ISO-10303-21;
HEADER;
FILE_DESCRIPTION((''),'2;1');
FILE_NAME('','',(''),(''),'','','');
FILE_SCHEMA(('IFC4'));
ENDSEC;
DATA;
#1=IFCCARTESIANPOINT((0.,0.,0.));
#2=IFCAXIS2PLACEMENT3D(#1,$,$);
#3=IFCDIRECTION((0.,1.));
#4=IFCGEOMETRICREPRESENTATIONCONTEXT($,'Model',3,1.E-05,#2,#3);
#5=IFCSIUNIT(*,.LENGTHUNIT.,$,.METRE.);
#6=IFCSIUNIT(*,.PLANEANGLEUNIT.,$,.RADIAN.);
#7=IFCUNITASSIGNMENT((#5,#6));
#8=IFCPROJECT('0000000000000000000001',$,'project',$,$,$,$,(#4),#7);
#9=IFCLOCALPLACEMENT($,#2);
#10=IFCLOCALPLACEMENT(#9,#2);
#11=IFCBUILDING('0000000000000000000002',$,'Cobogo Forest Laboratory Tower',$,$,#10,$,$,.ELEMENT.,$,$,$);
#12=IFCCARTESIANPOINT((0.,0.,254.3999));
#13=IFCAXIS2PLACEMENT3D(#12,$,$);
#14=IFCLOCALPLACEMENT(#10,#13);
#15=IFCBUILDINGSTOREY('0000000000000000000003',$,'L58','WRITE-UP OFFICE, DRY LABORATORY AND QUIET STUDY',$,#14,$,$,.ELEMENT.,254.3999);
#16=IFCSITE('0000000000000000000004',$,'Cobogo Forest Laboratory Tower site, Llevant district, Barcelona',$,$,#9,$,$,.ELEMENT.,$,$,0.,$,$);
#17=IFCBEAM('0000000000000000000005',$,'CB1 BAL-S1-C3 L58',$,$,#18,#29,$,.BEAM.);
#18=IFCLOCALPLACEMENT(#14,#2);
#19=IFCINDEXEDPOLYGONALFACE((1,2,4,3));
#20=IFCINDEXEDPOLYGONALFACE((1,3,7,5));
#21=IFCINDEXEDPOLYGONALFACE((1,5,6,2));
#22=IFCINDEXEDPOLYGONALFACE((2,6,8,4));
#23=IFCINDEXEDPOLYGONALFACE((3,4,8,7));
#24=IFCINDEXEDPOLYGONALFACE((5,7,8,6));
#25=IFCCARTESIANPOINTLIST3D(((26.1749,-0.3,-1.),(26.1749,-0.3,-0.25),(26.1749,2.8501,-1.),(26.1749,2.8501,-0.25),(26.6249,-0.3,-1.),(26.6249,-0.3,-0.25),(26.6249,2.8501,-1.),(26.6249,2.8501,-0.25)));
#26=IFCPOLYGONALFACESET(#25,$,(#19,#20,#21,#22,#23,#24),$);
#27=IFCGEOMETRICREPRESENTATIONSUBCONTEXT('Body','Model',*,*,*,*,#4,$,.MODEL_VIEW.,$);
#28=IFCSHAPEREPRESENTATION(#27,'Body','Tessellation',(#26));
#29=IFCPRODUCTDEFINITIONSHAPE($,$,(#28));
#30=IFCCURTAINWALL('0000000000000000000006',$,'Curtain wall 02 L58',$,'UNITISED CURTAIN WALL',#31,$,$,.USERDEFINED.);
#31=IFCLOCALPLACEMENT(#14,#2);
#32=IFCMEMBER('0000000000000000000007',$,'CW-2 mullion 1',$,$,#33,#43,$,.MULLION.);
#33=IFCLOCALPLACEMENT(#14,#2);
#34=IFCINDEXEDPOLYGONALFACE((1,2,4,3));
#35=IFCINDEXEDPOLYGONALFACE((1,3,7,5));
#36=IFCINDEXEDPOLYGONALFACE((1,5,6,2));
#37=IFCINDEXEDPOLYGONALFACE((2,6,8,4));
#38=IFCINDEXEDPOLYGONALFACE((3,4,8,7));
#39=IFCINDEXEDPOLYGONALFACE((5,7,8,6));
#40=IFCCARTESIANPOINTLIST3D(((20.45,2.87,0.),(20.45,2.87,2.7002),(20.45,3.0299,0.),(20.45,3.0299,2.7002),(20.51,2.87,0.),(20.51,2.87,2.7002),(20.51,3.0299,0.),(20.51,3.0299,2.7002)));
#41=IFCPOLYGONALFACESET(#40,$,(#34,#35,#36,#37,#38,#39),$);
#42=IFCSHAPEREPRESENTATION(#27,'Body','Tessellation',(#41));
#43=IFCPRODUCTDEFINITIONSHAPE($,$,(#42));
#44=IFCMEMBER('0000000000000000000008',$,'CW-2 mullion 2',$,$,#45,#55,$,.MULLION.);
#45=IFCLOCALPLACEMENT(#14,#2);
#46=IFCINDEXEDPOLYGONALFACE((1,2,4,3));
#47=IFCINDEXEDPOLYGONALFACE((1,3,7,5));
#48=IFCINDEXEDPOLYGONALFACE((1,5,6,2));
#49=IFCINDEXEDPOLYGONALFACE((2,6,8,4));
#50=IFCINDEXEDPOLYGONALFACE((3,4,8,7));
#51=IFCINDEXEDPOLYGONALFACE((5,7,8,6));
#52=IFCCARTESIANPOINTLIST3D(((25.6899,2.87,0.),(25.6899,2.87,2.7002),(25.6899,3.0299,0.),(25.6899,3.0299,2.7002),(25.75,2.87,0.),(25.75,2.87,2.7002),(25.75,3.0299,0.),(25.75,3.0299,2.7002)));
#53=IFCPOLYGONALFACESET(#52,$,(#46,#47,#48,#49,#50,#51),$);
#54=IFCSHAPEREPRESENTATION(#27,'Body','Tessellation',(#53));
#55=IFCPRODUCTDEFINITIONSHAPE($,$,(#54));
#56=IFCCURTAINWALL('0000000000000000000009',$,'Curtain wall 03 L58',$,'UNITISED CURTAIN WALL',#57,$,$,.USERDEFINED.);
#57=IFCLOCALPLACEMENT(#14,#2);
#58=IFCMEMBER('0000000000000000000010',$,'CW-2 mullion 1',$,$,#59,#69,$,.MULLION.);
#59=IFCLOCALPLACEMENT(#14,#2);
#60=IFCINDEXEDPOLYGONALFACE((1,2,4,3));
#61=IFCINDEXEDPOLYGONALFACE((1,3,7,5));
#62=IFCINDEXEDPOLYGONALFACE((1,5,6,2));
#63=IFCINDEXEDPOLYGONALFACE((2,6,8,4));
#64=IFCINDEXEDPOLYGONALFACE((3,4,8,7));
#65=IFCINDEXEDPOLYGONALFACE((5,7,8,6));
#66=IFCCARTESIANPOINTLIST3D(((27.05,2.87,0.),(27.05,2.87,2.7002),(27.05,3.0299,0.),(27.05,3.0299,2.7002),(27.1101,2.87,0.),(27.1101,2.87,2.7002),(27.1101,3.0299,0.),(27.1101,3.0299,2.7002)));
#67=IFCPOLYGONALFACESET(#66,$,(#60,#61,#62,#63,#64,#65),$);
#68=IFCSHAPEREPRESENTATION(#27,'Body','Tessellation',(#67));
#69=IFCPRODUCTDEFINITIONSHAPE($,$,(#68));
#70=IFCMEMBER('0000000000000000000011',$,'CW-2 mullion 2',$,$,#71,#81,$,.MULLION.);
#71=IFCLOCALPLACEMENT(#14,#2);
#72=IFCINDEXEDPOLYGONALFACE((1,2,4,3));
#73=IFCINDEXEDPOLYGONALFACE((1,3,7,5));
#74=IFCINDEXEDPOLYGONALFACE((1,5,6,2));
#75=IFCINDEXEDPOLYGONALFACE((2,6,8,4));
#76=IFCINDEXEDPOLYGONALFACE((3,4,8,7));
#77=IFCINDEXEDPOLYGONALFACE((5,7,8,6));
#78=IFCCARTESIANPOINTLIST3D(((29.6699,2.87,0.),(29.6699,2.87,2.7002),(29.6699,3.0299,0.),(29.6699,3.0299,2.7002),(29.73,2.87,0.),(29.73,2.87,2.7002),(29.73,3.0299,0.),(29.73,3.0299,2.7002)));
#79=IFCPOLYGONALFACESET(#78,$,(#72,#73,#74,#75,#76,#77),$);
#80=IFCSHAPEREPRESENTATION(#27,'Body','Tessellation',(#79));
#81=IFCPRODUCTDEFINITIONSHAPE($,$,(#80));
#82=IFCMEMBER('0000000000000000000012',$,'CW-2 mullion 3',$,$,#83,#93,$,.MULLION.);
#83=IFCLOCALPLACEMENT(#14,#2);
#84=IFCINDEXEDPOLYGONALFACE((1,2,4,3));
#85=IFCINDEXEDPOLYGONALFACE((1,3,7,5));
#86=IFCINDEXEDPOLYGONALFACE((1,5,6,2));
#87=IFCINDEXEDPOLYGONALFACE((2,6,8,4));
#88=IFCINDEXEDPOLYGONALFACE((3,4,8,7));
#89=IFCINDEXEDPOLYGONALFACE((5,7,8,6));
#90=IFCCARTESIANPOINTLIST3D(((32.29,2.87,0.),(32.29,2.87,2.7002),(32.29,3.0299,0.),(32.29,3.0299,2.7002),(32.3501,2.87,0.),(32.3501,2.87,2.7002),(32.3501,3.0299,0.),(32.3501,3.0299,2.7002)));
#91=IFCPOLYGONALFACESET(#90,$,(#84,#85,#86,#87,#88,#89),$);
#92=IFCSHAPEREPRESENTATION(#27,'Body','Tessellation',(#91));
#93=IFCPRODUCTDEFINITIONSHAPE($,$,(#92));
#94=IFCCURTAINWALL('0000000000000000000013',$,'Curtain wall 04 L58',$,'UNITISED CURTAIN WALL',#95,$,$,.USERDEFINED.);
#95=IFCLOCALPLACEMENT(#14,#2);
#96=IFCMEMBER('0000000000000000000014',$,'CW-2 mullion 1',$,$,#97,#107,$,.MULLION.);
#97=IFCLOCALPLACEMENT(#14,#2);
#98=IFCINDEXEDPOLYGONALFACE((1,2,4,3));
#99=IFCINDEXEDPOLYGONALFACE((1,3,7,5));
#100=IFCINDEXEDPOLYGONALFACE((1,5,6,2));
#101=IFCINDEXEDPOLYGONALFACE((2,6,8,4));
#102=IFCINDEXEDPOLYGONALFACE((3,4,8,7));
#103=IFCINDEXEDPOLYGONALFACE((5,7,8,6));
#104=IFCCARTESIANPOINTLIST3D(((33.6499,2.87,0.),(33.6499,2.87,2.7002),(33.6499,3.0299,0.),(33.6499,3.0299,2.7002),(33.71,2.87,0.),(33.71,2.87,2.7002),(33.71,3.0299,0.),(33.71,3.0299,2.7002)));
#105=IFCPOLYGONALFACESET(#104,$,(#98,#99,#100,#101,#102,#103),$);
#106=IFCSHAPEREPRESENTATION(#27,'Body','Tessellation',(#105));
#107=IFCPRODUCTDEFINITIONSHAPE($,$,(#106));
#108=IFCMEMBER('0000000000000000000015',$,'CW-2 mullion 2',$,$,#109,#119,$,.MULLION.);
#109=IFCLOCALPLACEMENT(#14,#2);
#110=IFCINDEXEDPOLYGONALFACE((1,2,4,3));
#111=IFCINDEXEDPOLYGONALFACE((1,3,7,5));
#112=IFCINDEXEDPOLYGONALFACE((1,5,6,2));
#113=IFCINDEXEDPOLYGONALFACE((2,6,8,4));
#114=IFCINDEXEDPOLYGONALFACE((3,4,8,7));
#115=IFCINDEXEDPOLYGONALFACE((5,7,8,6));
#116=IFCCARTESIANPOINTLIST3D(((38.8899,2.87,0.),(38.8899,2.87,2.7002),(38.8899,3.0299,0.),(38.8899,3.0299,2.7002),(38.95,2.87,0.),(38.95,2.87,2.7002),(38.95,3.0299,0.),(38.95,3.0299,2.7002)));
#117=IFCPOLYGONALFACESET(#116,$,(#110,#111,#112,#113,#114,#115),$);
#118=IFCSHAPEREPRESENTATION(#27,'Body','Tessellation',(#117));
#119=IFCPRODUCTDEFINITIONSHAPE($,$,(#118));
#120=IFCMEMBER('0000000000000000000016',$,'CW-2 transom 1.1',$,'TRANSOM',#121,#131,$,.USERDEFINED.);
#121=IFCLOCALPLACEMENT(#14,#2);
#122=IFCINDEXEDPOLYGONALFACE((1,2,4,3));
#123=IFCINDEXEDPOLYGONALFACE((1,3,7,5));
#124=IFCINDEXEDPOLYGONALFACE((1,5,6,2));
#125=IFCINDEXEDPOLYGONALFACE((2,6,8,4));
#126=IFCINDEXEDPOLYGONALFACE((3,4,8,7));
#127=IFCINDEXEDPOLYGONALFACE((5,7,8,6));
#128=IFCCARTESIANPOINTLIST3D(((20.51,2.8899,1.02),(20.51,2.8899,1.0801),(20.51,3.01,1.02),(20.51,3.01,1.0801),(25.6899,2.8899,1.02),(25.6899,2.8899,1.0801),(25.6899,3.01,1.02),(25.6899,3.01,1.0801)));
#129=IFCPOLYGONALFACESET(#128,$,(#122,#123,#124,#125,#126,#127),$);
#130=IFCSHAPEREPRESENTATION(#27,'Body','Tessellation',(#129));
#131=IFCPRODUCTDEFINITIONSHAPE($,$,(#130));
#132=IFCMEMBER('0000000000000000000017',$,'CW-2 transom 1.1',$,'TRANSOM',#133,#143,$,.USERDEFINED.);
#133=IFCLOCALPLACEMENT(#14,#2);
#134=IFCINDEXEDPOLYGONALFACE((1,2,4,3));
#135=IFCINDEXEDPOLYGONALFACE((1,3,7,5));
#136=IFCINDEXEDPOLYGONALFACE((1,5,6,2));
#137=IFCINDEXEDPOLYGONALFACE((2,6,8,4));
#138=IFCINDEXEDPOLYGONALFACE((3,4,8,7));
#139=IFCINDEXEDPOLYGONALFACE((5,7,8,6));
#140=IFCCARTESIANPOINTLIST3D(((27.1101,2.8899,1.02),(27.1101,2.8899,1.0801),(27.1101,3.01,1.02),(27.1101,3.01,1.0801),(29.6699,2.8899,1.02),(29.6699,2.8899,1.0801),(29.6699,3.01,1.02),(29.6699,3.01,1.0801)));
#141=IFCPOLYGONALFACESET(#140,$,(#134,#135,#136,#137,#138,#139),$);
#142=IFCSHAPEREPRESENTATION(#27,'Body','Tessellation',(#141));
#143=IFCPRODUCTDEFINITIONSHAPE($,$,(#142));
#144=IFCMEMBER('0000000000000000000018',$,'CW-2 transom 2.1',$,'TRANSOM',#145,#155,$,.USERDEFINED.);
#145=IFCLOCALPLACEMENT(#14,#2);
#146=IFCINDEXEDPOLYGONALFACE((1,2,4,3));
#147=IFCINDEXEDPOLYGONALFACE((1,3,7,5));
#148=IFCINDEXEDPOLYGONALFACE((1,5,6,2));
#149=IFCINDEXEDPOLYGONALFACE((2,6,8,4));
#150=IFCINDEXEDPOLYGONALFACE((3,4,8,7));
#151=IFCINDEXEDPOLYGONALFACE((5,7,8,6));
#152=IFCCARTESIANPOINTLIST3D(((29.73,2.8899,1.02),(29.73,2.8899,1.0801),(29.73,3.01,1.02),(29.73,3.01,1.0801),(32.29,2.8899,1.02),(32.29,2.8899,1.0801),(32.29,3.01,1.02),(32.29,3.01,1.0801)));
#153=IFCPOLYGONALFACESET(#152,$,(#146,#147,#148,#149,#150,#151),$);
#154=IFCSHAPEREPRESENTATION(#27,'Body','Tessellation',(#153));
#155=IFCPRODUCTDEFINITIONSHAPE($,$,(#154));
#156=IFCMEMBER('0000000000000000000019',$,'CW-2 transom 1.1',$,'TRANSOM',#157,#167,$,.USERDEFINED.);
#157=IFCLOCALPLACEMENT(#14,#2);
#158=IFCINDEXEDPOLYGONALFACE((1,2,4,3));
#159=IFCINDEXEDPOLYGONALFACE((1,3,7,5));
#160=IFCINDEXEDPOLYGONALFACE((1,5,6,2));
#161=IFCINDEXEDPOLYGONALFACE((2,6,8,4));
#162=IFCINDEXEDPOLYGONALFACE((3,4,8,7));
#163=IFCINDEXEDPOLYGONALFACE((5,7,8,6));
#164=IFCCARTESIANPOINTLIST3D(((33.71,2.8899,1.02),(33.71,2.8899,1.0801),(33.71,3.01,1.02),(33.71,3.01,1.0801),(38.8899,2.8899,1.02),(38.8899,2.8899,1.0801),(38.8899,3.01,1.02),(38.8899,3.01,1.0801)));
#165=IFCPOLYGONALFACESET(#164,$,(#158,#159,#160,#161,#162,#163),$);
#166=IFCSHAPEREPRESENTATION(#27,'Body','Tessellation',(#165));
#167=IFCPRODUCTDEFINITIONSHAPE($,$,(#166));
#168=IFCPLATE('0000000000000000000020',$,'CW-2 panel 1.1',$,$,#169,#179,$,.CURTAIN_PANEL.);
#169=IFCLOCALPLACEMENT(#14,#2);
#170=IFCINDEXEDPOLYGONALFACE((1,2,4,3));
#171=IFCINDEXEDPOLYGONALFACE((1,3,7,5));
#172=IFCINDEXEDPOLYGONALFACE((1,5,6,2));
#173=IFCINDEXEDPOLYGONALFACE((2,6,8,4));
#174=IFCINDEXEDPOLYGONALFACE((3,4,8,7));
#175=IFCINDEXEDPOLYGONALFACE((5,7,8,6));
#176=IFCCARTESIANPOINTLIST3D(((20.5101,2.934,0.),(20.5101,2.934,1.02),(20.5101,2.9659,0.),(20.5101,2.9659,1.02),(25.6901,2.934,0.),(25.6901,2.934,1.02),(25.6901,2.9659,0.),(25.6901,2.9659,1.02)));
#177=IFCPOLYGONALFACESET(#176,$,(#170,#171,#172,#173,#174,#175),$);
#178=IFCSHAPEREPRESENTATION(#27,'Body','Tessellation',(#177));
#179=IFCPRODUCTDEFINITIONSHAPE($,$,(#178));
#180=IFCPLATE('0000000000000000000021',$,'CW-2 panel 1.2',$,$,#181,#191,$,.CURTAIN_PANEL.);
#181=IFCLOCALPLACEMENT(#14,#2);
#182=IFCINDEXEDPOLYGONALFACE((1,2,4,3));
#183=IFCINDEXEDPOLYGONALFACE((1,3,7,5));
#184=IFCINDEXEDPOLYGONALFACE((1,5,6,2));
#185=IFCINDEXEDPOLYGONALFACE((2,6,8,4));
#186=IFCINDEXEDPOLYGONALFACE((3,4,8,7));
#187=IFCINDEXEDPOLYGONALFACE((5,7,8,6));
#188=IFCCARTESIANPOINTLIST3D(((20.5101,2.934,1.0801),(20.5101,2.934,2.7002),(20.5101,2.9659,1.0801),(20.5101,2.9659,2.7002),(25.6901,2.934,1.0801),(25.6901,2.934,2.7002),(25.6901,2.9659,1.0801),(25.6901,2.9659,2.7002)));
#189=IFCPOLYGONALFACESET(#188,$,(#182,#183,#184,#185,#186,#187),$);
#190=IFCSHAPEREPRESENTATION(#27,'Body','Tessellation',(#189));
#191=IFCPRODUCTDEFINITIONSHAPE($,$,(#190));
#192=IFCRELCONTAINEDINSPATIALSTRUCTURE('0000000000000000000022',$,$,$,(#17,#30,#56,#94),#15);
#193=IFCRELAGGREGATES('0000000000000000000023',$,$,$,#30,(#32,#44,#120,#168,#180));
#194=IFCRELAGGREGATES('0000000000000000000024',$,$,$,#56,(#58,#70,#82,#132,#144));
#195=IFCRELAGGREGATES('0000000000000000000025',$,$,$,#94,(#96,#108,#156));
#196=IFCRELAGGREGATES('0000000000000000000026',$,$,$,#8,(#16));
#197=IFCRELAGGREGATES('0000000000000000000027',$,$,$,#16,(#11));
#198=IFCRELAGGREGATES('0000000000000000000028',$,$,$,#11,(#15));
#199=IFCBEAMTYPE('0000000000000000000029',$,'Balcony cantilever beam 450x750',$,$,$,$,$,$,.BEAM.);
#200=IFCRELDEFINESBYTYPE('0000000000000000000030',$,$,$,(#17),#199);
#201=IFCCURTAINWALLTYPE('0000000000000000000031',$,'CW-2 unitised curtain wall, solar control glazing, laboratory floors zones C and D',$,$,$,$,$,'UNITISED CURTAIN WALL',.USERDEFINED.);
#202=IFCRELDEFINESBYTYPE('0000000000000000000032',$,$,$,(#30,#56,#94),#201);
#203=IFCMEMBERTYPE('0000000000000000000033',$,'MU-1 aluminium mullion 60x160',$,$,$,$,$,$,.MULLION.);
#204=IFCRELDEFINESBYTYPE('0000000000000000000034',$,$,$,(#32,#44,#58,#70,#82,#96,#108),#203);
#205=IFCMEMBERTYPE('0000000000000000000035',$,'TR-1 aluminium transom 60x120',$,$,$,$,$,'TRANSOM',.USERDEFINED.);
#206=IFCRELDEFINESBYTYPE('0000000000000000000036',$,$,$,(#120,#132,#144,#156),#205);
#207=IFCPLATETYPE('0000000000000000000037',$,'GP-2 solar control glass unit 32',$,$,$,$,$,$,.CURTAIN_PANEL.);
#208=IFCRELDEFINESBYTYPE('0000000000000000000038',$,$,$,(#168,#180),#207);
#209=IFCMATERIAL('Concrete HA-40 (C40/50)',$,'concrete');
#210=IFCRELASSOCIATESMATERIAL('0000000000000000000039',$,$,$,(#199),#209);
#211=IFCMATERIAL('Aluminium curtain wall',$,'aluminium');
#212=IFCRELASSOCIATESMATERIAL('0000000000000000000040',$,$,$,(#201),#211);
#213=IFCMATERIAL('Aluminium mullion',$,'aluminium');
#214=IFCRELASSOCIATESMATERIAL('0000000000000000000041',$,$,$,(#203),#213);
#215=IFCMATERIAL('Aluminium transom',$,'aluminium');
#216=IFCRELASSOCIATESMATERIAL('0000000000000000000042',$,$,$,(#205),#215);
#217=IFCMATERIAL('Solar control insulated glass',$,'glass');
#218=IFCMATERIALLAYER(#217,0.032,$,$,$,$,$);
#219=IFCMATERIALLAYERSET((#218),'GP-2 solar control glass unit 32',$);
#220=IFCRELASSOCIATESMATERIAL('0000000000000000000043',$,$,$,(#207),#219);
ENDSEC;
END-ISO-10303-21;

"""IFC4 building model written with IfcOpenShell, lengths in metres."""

from ifc_helpers import new_model, si_unit, direction, frame, origin, origin_2d, place, context, subcontext, project, spatial, rectangle, extrude, material, layer, layer_set, material_profile, profile_set, type_object, element, aggregate, save


model = new_model("IFC4")

# Units and contexts
model_context = context("Model", 3, precision=1e-05, world=origin(), true_north=direction((0.0, 1.0)))
body_context = subcontext(model_context, "Body", "Model", "MODEL_VIEW")
ifc_project = project(units=[si_unit("LENGTHUNIT", "METRE"), si_unit("PLANEANGLEUNIT", "RADIAN")], contexts=[model_context])

# Site, building, storey
site_placement = place(None, origin())
site = spatial("IfcSite", under=ifc_project, at=site_placement, Name="Cobogo Forest Laboratory Tower site, Llevant district, Barcelona", CompositionType="ELEMENT", RefElevation=0.0)
building_placement = place(site_placement, origin())
building = spatial("IfcBuilding", under=site, at=building_placement, Name="Cobogo Forest Laboratory Tower", CompositionType="ELEMENT")
storey_placement = place(building_placement, frame((0.0, 0.0, 254.3999)))
storey = spatial("IfcBuildingStorey", under=building, at=storey_placement, Name="L58", Description="WRITE-UP OFFICE, DRY LABORATORY AND QUIET STUDY", CompositionType="ELEMENT", Elevation=254.3999)

# Beam
ifc_material_1 = material(Name="Concrete HA-40 (C40/50)", Category="concrete")
ifc_material_profile_1 = material_profile(ifc_material_1, rectangle(XDim=0.45, YDim=0.75, at=origin_2d()), Name="RC 450x750")
ifc_profile_set_1 = profile_set([ifc_material_profile_1], Name="Concrete HA-40 (C40/50)")
beam_type = type_object("IfcBeamType", Name="Balcony cantilever beam 450x750", PredefinedType="BEAM", material=ifc_profile_set_1)
beam_placement = place(storey_placement, frame((26.3999, 2.8501, -0.625), z_axis=(0.0, -1.0, 0.0), x_axis=(1.0, 0.0, 0.0)))
element("IfcBeam", 1, at=beam_placement, inside=storey, type_object=beam_type, Name="CB1 BAL-S1-C3 L58", PredefinedType="BEAM", context=body_context, shape_type="SweptSolid", body=[
    extrude(rectangle(XDim=0.45, YDim=0.75, at=origin_2d()), origin(), (0.0, 0.0, 1.0), 3.1501),
])

# Curtain walls, members
ifc_material_2 = material(Name="Aluminium curtain wall", Category="aluminium")
curtain_wall_type = type_object("IfcCurtainWallType", Name="CW-2 unitised curtain wall, solar control glazing, laboratory floors zones C and D", ElementType="UNITISED CURTAIN WALL", PredefinedType="USERDEFINED", material=ifc_material_2)
curtain_wall_1_placement = place(storey_placement, origin())
curtain_wall_1 = element("IfcCurtainWall", 2, at=curtain_wall_1_placement, inside=storey, type_object=curtain_wall_type, Name="Curtain wall 02 L58", ObjectType="UNITISED CURTAIN WALL", PredefinedType="USERDEFINED")
ifc_material_3 = material(Name="Aluminium mullion", Category="aluminium")
ifc_material_profile_2 = material_profile(ifc_material_3, rectangle(XDim=0.0601, YDim=0.1599, at=origin_2d()), Name="AL 60x160")
ifc_profile_set_2 = profile_set([ifc_material_profile_2], Name="Aluminium mullion")
member_type_1 = type_object("IfcMemberType", Name="MU-1 aluminium mullion 60x160", PredefinedType="MULLION", material=ifc_profile_set_2)
member_1_placement = place(storey_placement, frame((20.48, 2.95, 0.0), z_axis=(0.0, 0.0, 1.0), x_axis=(1.0, 0.0, 0.0)))
member_1 = element("IfcMember", 3, at=member_1_placement, type_object=member_type_1, Name="CW-2 mullion 1", PredefinedType="MULLION", context=body_context, shape_type="SweptSolid", body=[
    extrude(rectangle(XDim=0.0601, YDim=0.1599, at=origin_2d()), origin(), (0.0, 0.0, 1.0), 2.7002),
])
member_2_placement = place(storey_placement, frame((25.72, 2.95, 0.0), z_axis=(0.0, 0.0, 1.0), x_axis=(1.0, 0.0, 0.0)))
member_2 = element("IfcMember", 4, at=member_2_placement, type_object=member_type_1, Name="CW-2 mullion 2", PredefinedType="MULLION", context=body_context, shape_type="SweptSolid", body=[
    extrude(rectangle(XDim=0.0601, YDim=0.1599, at=origin_2d()), origin(), (0.0, 0.0, 1.0), 2.7002),
])
curtain_wall_2_placement = place(storey_placement, origin())
curtain_wall_2 = element("IfcCurtainWall", 5, at=curtain_wall_2_placement, inside=storey, type_object=curtain_wall_type, Name="Curtain wall 03 L58", ObjectType="UNITISED CURTAIN WALL", PredefinedType="USERDEFINED")
member_3_placement = place(storey_placement, frame((27.0801, 2.95, 0.0), z_axis=(0.0, 0.0, 1.0), x_axis=(1.0, 0.0, 0.0)))
member_3 = element("IfcMember", 6, at=member_3_placement, type_object=member_type_1, Name="CW-2 mullion 1", PredefinedType="MULLION", context=body_context, shape_type="SweptSolid", body=[
    extrude(rectangle(XDim=0.0601, YDim=0.1599, at=origin_2d()), origin(), (0.0, 0.0, 1.0), 2.7002),
])
member_4_placement = place(storey_placement, frame((29.7, 2.95, 0.0), z_axis=(0.0, 0.0, 1.0), x_axis=(1.0, 0.0, 0.0)))
member_4 = element("IfcMember", 7, at=member_4_placement, type_object=member_type_1, Name="CW-2 mullion 2", PredefinedType="MULLION", context=body_context, shape_type="SweptSolid", body=[
    extrude(rectangle(XDim=0.0601, YDim=0.1599, at=origin_2d()), origin(), (0.0, 0.0, 1.0), 2.7002),
])
member_5_placement = place(storey_placement, frame((32.3201, 2.95, 0.0), z_axis=(0.0, 0.0, 1.0), x_axis=(1.0, 0.0, 0.0)))
member_5 = element("IfcMember", 8, at=member_5_placement, type_object=member_type_1, Name="CW-2 mullion 3", PredefinedType="MULLION", context=body_context, shape_type="SweptSolid", body=[
    extrude(rectangle(XDim=0.0601, YDim=0.1599, at=origin_2d()), origin(), (0.0, 0.0, 1.0), 2.7002),
])
curtain_wall_3_placement = place(storey_placement, origin())
curtain_wall_3 = element("IfcCurtainWall", 9, at=curtain_wall_3_placement, inside=storey, type_object=curtain_wall_type, Name="Curtain wall 04 L58", ObjectType="UNITISED CURTAIN WALL", PredefinedType="USERDEFINED")
member_6_placement = place(storey_placement, frame((33.6799, 2.95, 0.0), z_axis=(0.0, 0.0, 1.0), x_axis=(1.0, 0.0, 0.0)))
member_6 = element("IfcMember", 10, at=member_6_placement, type_object=member_type_1, Name="CW-2 mullion 1", PredefinedType="MULLION", context=body_context, shape_type="SweptSolid", body=[
    extrude(rectangle(XDim=0.0601, YDim=0.1599, at=origin_2d()), origin(), (0.0, 0.0, 1.0), 2.7002),
])
member_7_placement = place(storey_placement, frame((38.9199, 2.95, 0.0), z_axis=(0.0, 0.0, 1.0), x_axis=(1.0, 0.0, 0.0)))
member_7 = element("IfcMember", 11, at=member_7_placement, type_object=member_type_1, Name="CW-2 mullion 2", PredefinedType="MULLION", context=body_context, shape_type="SweptSolid", body=[
    extrude(rectangle(XDim=0.0601, YDim=0.1599, at=origin_2d()), origin(), (0.0, 0.0, 1.0), 2.7002),
])

# Members
ifc_material_4 = material(Name="Aluminium transom", Category="aluminium")
ifc_material_profile_3 = material_profile(ifc_material_4, rectangle(XDim=0.1201, YDim=0.0601, at=origin_2d()), Name="AL 60x120")
ifc_profile_set_3 = profile_set([ifc_material_profile_3], Name="Aluminium transom")
member_type_2 = type_object("IfcMemberType", Name="TR-1 aluminium transom 60x120", ElementType="TRANSOM", PredefinedType="USERDEFINED", material=ifc_profile_set_3)
member_8_placement = place(storey_placement, frame((20.51, 2.95, 1.05), z_axis=(1.0, 0.0, 0.0), x_axis=(0.0, 1.0, 0.0)))
member_8 = element("IfcMember", 12, at=member_8_placement, type_object=member_type_2, Name="CW-2 transom 1.1", ObjectType="TRANSOM", PredefinedType="USERDEFINED", context=body_context, shape_type="SweptSolid", body=[
    extrude(rectangle(XDim=0.1201, YDim=0.0601, at=origin_2d()), origin(), (0.0, 0.0, 1.0), 5.1799),
])
member_9_placement = place(storey_placement, frame((27.1101, 2.95, 1.05), z_axis=(1.0, 0.0, 0.0), x_axis=(0.0, 1.0, 0.0)))
member_9 = element("IfcMember", 13, at=member_9_placement, type_object=member_type_2, Name="CW-2 transom 1.1", ObjectType="TRANSOM", PredefinedType="USERDEFINED", context=body_context, shape_type="SweptSolid", body=[
    extrude(rectangle(XDim=0.1201, YDim=0.0601, at=origin_2d()), origin(), (0.0, 0.0, 1.0), 2.5598),
])
member_10_placement = place(storey_placement, frame((29.73, 2.95, 1.05), z_axis=(1.0, 0.0, 0.0), x_axis=(0.0, 1.0, 0.0)))
member_10 = element("IfcMember", 14, at=member_10_placement, type_object=member_type_2, Name="CW-2 transom 2.1", ObjectType="TRANSOM", PredefinedType="USERDEFINED", context=body_context, shape_type="SweptSolid", body=[
    extrude(rectangle(XDim=0.1201, YDim=0.0601, at=origin_2d()), origin(), (0.0, 0.0, 1.0), 2.5601),
])
member_11_placement = place(storey_placement, frame((33.71, 2.95, 1.05), z_axis=(1.0, 0.0, 0.0), x_axis=(0.0, 1.0, 0.0)))
member_11 = element("IfcMember", 15, at=member_11_placement, type_object=member_type_2, Name="CW-2 transom 1.1", ObjectType="TRANSOM", PredefinedType="USERDEFINED", context=body_context, shape_type="SweptSolid", body=[
    extrude(rectangle(XDim=0.1201, YDim=0.0601, at=origin_2d()), origin(), (0.0, 0.0, 1.0), 5.1799),
])

# Plates
ifc_material_5 = material(Name="Solar control insulated glass", Category="glass")
ifc_layer_1 = layer(ifc_material_5, 0.032)
ifc_layer_set_1 = layer_set([ifc_layer_1], Name="GP-2 solar control glass unit 32")
plate_type_1 = type_object("IfcPlateType", Name="GP-2 solar control glass unit 32", PredefinedType="CURTAIN_PANEL", material=ifc_layer_set_1)
plate_1_placement = place(storey_placement, frame((23.1001, 2.95, 0.0), z_axis=(0.0, 0.0, 1.0), x_axis=(1.0, 0.0, 0.0)))
plate_1 = element("IfcPlate", 16, at=plate_1_placement, type_object=plate_type_1, Name="CW-2 panel 1.1", PredefinedType="CURTAIN_PANEL", context=body_context, shape_type="SweptSolid", body=[
    extrude(rectangle(XDim=5.1799, YDim=0.032, at=origin_2d()), origin(), (0.0, 0.0, 1.0), 1.02),
])
plate_2_placement = place(storey_placement, frame((23.1001, 2.95, 1.0801), z_axis=(0.0, 0.0, 1.0), x_axis=(1.0, 0.0, 0.0)))
plate_2 = element("IfcPlate", 17, at=plate_2_placement, type_object=plate_type_1, Name="CW-2 panel 1.2", PredefinedType="CURTAIN_PANEL", context=body_context, shape_type="SweptSolid", body=[
    extrude(rectangle(XDim=5.1799, YDim=0.032, at=origin_2d()), origin(), (0.0, 0.0, 1.0), 1.6201),
])
aggregate(curtain_wall_1, [member_1, member_2, member_8, plate_1, plate_2])
aggregate(curtain_wall_2, [member_3, member_4, member_5, member_9, member_10])
aggregate(curtain_wall_3, [member_6, member_7, member_11])

save(model, "model.ifc")
